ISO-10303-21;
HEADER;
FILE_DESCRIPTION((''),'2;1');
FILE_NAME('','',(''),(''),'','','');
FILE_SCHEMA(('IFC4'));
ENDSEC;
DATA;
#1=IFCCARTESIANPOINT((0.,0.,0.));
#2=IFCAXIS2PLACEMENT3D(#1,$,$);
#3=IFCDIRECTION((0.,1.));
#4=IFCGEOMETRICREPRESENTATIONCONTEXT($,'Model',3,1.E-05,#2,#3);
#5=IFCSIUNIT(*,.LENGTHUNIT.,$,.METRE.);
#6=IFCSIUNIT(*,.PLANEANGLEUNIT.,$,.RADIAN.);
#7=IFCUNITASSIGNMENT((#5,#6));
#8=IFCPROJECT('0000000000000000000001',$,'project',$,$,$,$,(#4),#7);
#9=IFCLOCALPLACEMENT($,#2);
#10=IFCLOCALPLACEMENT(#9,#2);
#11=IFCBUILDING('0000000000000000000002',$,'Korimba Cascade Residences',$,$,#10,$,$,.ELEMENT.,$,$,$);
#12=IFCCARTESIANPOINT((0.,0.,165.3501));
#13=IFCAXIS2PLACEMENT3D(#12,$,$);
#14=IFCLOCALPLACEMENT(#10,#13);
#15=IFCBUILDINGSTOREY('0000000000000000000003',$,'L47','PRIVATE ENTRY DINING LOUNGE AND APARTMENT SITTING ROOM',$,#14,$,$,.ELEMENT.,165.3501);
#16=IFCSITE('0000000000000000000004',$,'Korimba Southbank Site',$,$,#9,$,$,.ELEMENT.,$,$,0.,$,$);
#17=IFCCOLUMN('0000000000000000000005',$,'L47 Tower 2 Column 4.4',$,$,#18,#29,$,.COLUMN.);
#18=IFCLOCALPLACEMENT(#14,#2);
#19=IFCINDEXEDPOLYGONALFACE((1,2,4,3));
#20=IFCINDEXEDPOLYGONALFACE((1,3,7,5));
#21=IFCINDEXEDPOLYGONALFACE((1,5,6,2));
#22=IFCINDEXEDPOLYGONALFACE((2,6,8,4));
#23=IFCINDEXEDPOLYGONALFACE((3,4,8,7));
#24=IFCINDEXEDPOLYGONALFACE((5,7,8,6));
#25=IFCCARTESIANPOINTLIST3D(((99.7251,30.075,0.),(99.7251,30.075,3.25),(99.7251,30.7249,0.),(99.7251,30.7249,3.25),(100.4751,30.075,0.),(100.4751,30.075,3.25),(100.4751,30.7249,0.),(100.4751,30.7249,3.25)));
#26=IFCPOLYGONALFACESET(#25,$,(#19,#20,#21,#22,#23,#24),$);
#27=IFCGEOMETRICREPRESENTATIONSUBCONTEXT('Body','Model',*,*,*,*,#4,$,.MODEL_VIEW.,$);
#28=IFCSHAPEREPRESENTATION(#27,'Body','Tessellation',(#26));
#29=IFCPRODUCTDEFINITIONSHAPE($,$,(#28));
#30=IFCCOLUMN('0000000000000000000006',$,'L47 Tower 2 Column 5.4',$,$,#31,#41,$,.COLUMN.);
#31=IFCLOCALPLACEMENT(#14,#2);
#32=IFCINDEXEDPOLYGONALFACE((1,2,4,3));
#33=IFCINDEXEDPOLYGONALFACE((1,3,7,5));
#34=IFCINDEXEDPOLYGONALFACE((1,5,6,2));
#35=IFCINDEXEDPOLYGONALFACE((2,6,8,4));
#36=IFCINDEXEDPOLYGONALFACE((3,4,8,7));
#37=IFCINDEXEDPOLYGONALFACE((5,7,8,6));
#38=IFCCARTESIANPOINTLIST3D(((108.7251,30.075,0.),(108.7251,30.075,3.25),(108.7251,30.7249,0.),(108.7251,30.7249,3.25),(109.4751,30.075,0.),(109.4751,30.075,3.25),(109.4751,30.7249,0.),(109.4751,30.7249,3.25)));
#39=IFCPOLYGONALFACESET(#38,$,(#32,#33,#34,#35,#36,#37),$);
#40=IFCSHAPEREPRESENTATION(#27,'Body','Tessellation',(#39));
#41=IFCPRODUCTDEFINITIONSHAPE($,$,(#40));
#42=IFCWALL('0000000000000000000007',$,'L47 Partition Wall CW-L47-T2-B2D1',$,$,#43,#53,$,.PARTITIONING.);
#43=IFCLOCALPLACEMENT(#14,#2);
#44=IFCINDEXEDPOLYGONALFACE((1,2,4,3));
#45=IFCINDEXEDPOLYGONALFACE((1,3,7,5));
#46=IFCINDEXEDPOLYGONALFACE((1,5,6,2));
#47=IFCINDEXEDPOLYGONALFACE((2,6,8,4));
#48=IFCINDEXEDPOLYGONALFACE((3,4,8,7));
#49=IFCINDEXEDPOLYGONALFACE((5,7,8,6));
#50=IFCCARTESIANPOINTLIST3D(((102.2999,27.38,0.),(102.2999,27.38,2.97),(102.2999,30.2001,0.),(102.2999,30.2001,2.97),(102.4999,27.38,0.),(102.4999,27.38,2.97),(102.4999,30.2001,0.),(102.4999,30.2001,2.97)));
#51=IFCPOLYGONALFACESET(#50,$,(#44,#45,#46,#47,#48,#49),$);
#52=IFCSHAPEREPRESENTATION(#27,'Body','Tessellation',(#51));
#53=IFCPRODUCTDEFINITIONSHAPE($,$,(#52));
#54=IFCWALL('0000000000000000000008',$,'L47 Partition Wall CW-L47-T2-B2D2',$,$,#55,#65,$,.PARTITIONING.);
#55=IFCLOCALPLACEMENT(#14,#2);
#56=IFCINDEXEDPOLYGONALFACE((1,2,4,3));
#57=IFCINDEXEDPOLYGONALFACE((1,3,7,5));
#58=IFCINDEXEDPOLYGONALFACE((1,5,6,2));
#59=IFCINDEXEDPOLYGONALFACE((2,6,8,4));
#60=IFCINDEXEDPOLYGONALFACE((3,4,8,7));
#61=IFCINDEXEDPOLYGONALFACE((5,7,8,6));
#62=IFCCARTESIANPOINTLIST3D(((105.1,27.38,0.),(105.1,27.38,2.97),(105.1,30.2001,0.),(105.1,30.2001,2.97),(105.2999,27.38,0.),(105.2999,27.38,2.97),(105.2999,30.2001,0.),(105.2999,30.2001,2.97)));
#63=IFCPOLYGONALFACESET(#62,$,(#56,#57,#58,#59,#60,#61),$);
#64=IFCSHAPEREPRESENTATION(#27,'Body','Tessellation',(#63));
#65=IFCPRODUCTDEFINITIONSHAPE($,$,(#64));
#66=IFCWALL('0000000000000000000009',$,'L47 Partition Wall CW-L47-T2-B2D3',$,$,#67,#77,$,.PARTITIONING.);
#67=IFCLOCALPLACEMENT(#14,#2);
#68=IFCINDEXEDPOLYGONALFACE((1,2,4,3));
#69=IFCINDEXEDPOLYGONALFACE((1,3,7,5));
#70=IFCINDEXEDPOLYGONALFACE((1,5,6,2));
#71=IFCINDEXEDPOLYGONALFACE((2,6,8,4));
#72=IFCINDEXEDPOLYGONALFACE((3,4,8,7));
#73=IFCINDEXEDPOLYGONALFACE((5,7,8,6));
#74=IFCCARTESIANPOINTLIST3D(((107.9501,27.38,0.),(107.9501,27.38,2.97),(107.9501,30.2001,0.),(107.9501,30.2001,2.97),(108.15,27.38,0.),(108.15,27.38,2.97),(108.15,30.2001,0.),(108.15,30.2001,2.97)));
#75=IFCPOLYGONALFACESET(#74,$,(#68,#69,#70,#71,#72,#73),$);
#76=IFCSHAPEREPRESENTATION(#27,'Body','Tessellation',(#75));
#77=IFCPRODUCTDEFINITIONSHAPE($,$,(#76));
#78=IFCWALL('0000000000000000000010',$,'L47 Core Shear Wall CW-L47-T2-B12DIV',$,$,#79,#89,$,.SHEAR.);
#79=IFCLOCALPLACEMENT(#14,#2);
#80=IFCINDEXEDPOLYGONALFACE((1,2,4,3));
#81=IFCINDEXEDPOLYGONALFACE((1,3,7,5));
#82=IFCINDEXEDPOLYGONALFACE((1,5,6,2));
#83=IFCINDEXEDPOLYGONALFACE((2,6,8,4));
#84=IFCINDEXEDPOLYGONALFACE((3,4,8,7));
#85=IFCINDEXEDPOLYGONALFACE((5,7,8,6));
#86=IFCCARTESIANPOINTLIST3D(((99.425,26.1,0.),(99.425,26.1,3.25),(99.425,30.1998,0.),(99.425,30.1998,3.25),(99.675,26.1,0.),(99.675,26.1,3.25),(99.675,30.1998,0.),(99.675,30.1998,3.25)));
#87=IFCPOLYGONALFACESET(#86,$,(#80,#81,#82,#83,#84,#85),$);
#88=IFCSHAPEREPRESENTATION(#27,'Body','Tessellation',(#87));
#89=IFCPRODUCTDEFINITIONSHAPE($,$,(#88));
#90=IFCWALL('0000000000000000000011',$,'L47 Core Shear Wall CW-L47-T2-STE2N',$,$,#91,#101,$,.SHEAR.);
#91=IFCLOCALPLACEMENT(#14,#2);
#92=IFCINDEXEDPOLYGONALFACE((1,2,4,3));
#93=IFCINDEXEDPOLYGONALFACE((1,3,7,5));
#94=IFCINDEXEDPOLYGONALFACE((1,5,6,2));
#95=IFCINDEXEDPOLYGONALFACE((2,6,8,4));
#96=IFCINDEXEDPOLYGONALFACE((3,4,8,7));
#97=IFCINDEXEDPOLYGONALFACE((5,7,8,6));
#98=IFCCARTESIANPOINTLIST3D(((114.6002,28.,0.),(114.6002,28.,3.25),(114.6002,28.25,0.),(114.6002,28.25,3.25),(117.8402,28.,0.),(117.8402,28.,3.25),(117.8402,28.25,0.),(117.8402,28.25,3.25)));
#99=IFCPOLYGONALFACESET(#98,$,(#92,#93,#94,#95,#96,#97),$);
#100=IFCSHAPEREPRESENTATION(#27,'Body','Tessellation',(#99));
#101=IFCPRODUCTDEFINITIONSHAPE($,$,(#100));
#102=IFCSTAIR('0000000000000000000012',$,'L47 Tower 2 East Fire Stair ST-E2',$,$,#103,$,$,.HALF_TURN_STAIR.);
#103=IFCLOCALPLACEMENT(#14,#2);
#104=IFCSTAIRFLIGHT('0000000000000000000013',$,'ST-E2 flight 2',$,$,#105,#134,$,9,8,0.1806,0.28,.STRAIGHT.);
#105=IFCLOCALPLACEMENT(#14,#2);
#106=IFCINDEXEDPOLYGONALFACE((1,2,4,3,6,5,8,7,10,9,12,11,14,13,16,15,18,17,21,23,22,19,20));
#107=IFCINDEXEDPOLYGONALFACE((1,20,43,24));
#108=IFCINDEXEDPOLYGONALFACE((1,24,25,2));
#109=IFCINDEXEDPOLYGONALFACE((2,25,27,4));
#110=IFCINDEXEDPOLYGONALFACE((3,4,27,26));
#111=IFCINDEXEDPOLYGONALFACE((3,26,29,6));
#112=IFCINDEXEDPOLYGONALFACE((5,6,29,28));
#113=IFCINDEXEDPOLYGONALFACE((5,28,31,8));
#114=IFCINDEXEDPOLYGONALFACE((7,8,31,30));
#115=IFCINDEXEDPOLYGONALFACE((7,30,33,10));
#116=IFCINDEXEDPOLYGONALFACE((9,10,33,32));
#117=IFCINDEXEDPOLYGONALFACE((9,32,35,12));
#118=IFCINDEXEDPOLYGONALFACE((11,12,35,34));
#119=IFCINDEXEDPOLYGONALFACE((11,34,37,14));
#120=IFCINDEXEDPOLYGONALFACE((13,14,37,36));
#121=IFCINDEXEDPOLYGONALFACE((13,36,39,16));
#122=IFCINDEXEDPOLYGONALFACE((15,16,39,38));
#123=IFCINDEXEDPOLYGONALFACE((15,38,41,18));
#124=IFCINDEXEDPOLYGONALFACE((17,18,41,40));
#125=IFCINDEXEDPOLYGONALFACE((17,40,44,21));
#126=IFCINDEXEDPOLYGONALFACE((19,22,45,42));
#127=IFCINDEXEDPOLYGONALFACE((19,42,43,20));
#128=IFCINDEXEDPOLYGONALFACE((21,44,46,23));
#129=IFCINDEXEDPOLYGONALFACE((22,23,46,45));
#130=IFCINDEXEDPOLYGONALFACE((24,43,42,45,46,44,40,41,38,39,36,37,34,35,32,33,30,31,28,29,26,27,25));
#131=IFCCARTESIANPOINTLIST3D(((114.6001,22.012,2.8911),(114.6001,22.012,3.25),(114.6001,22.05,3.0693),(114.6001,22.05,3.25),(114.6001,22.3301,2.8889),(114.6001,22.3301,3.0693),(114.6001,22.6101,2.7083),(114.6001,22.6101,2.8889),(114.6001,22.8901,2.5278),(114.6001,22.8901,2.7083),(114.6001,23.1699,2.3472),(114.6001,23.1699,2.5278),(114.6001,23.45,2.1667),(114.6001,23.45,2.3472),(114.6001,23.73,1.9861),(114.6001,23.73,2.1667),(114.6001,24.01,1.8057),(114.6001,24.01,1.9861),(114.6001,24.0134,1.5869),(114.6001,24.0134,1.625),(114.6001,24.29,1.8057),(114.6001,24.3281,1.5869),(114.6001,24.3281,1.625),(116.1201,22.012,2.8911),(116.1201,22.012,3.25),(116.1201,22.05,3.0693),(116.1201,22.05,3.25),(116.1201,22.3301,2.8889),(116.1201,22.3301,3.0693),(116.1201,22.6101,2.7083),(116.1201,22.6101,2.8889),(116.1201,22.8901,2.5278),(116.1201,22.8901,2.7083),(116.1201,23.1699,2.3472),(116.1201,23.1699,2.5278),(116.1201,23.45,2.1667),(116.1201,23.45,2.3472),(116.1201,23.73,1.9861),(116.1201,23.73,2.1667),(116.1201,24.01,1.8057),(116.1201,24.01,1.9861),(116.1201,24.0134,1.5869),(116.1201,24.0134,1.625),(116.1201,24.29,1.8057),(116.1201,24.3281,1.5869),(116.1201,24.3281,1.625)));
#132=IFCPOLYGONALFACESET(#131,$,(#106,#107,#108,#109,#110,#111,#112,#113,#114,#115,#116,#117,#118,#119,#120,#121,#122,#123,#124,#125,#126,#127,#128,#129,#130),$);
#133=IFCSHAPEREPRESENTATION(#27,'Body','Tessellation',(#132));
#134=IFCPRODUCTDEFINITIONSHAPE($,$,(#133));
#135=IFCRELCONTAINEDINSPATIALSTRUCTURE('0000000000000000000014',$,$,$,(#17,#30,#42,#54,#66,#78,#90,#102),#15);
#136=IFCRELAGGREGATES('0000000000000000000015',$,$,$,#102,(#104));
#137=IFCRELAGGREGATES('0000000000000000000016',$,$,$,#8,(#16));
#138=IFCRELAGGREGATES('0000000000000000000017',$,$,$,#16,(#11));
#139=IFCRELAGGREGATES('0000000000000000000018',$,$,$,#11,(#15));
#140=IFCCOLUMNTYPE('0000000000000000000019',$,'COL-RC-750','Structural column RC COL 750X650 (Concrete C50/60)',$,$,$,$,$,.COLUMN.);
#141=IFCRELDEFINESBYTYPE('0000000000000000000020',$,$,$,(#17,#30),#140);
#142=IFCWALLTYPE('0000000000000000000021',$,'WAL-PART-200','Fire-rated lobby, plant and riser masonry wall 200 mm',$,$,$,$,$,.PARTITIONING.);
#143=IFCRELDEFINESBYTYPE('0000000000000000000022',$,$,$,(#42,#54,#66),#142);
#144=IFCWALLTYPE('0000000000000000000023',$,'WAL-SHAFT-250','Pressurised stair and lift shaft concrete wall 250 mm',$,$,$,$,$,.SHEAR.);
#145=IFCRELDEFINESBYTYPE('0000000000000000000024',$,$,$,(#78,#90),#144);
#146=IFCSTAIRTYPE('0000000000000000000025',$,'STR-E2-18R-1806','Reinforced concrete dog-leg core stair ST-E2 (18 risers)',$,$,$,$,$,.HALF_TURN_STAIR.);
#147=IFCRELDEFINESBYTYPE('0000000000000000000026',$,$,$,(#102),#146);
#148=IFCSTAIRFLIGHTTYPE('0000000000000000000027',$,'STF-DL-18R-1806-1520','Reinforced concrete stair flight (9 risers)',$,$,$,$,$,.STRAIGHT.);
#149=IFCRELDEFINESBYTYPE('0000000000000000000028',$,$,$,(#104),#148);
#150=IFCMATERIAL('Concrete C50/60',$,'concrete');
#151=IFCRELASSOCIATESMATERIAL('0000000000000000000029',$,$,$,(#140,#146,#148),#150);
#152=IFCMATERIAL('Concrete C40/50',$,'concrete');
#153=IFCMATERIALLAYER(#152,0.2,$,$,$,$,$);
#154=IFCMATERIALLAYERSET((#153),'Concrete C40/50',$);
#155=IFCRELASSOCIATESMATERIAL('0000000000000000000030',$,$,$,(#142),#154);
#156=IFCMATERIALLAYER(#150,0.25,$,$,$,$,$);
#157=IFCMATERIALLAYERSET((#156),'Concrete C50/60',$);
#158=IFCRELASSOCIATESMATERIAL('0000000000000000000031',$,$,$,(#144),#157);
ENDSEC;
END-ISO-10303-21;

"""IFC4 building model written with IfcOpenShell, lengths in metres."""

from ifc_helpers import new_model, si_unit, direction, frame, frame_2d, origin, origin_2d, place, context, subcontext, project, spatial, polyline, rectangle, outline, extrude, material, layer, layer_set, material_profile, profile_set, type_object, element, aggregate, save


model = new_model("IFC4")

# Units and contexts
model_context = context("Model", 3, precision=1e-05, world=origin(), true_north=direction((0.0, 1.0)))
body_context = subcontext(model_context, "Body", "Model", "MODEL_VIEW")
ifc_project = project(units=[si_unit("LENGTHUNIT", "METRE"), si_unit("PLANEANGLEUNIT", "RADIAN")], contexts=[model_context])

# Site, building, storey
site_placement = place(None, origin())
site = spatial("IfcSite", under=ifc_project, at=site_placement, Name="Korimba Southbank Site", CompositionType="ELEMENT", RefElevation=0.0)
building_placement = place(site_placement, origin())
building = spatial("IfcBuilding", under=site, at=building_placement, Name="Korimba Cascade Residences", CompositionType="ELEMENT")
storey_placement = place(building_placement, frame((0.0, 0.0, 165.3501)))
storey = spatial("IfcBuildingStorey", under=building, at=storey_placement, Name="L47", Description="PRIVATE ENTRY DINING LOUNGE AND APARTMENT SITTING ROOM", CompositionType="ELEMENT", Elevation=165.3501)

# Columns
ifc_material_1 = material(Name="Concrete C50/60", Category="concrete")
ifc_material_profile = material_profile(ifc_material_1, rectangle(XDim=0.75, YDim=0.6499, at=origin_2d()), Name="Concrete C50/60")
ifc_profile_set = profile_set([ifc_material_profile], Name="Concrete C50/60")
column_type = type_object("IfcColumnType", Name="COL-RC-750", Description="Structural column RC COL 750X650 (Concrete C50/60)", PredefinedType="COLUMN", material=ifc_profile_set)
for number, where, z_axis, x_axis, name in (
    (1, (100.1001, 30.3999, 0.0), (0.0, 0.0, 1.0), (1.0, 0.0, 0.0), "L47 Tower 2 Column 4.4"),
    (2, (109.1001, 30.3999, 0.0), (0.0, 0.0, 1.0), (1.0, 0.0, 0.0), "L47 Tower 2 Column 5.4"),
):
    element("IfcColumn", number, at=place(storey_placement, frame(where, z_axis=z_axis, x_axis=x_axis)), inside=storey, type_object=column_type, Name=name, PredefinedType="COLUMN", context=body_context, shape_type="SweptSolid", body=[
        extrude(rectangle(XDim=0.75, YDim=0.6499, at=origin_2d()), origin(), (0.0, 0.0, 1.0), 3.25),
    ])

# Walls
ifc_material_2 = material(Name="Concrete C40/50", Category="concrete")
ifc_layer_1 = layer(ifc_material_2, 0.2)
ifc_layer_set_1 = layer_set([ifc_layer_1], Name="Concrete C40/50")
wall_type_1 = type_object("IfcWallType", Name="WAL-PART-200", Description="Fire-rated lobby, plant and riser masonry wall 200 mm", PredefinedType="PARTITIONING", material=ifc_layer_set_1)
for number, where, z_axis, x_axis, name in (
    (3, (102.3999, 27.3799, 0.0), (0.0, 0.0, 1.0), (0.0, 1.0, 0.0), "L47 Partition Wall CW-L47-T2-B2D1"),
    (4, (105.2, 27.3799, 0.0), (0.0, 0.0, 1.0), (0.0, 1.0, 0.0), "L47 Partition Wall CW-L47-T2-B2D2"),
    (5, (108.05, 27.3799, 0.0), (0.0, 0.0, 1.0), (0.0, 1.0, 0.0), "L47 Partition Wall CW-L47-T2-B2D3"),
):
    element("IfcWall", number, at=place(storey_placement, frame(where, z_axis=z_axis, x_axis=x_axis)), inside=storey, type_object=wall_type_1, Name=name, PredefinedType="PARTITIONING", context=body_context, shape_type="SweptSolid", body=[
        extrude(rectangle(XDim=2.8201, YDim=0.2, at=frame_2d((1.4102, 0.0))), origin(), (0.0, 0.0, 1.0), 2.97),
    ])
ifc_layer_2 = layer(ifc_material_1, 0.25)
ifc_layer_set_2 = layer_set([ifc_layer_2], Name="Concrete C50/60")
wall_type_2 = type_object("IfcWallType", Name="WAL-SHAFT-250", Description="Pressurised stair and lift shaft concrete wall 250 mm", PredefinedType="SHEAR", material=ifc_layer_set_2)
wall_1_placement = place(storey_placement, frame((99.55, 26.1001, 0.0), z_axis=(0.0, 0.0, 1.0), x_axis=(0.0, 1.0, 0.0)))
element("IfcWall", 6, at=wall_1_placement, inside=storey, type_object=wall_type_2, Name="L47 Core Shear Wall CW-L47-T2-B12DIV", PredefinedType="SHEAR", context=body_context, shape_type="SweptSolid", body=[
    extrude(rectangle(XDim=4.0999, YDim=0.25, at=frame_2d((2.0498, 0.0))), origin(), (0.0, 0.0, 1.0), 3.25),
])

# Wall
wall_2_placement = place(storey_placement, frame((114.6001, 28.125, 0.0), z_axis=(0.0, 0.0, 1.0), x_axis=(1.0, 0.0, 0.0)))
element("IfcWall", 7, at=wall_2_placement, inside=storey, type_object=wall_type_2, Name="L47 Core Shear Wall CW-L47-T2-STE2N", PredefinedType="SHEAR", context=body_context, shape_type="SweptSolid", body=[
    extrude(rectangle(XDim=3.24, YDim=0.25, at=frame_2d((1.6201, 0.0))), origin(), (0.0, 0.0, 1.0), 3.25),
])

# Stair, stair flight
stair_type = type_object("IfcStairType", Name="STR-E2-18R-1806", Description="Reinforced concrete dog-leg core stair ST-E2 (18 risers)", PredefinedType="HALF_TURN_STAIR", material=ifc_material_1)
stair_placement = place(storey_placement, origin())
stair = element("IfcStair", 8, at=stair_placement, inside=storey, type_object=stair_type, Name="L47 Tower 2 East Fire Stair ST-E2", PredefinedType="HALF_TURN_STAIR")
stair_flight_type = type_object("IfcStairFlightType", Name="STF-DL-18R-1806-1520", Description="Reinforced concrete stair flight (9 risers)", PredefinedType="STRAIGHT", material=ifc_material_1)
stair_flight_placement = place(storey_placement, frame((115.3601, 24.29, 1.625), z_axis=(0.0, 0.0, 1.0), x_axis=(0.0, -1.0, 0.0)))
stair_flight = element("IfcStairFlight", 9, at=stair_flight_placement, type_object=stair_flight_type, Name="ST-E2 flight 2", NumberOfRisers=9, NumberOfTreads=8, PredefinedType="STRAIGHT", RiserHeight=0.1806, TreadLength=0.28, context=body_context, shape_type="SweptSolid", body=[
    extrude(outline(polyline([(-0.0381, 0.0), (0.0, 0.1807), (0.28, 0.1807), (0.28, 0.3611), (0.5601, 0.3611), (0.5601, 0.5417), (0.8401, 0.5417), (0.8401, 0.7222), (1.1201, 0.7222), (1.1201, 0.9028), (1.3999, 0.9028), (1.3999, 1.0833), (1.6799, 1.0833), (1.6799, 1.2639), (1.96, 1.2639), (1.96, 1.4443), (2.24, 1.4443), (2.24, 1.625), (2.2781, 1.625), (2.2781, 1.2661), (0.2766, 0.0), (0.2766, -0.0381), (-0.0381, -0.0381), (-0.0381, 0.0)])), frame((0.0, 0.76, 0.0), z_axis=(0.0, -1.0, 0.0), x_axis=(1.0, 0.0, 0.0)), (0.0, 0.0, 1.0), 1.52),
])
aggregate(stair, [stair_flight])

save(model, "model.ifc")
